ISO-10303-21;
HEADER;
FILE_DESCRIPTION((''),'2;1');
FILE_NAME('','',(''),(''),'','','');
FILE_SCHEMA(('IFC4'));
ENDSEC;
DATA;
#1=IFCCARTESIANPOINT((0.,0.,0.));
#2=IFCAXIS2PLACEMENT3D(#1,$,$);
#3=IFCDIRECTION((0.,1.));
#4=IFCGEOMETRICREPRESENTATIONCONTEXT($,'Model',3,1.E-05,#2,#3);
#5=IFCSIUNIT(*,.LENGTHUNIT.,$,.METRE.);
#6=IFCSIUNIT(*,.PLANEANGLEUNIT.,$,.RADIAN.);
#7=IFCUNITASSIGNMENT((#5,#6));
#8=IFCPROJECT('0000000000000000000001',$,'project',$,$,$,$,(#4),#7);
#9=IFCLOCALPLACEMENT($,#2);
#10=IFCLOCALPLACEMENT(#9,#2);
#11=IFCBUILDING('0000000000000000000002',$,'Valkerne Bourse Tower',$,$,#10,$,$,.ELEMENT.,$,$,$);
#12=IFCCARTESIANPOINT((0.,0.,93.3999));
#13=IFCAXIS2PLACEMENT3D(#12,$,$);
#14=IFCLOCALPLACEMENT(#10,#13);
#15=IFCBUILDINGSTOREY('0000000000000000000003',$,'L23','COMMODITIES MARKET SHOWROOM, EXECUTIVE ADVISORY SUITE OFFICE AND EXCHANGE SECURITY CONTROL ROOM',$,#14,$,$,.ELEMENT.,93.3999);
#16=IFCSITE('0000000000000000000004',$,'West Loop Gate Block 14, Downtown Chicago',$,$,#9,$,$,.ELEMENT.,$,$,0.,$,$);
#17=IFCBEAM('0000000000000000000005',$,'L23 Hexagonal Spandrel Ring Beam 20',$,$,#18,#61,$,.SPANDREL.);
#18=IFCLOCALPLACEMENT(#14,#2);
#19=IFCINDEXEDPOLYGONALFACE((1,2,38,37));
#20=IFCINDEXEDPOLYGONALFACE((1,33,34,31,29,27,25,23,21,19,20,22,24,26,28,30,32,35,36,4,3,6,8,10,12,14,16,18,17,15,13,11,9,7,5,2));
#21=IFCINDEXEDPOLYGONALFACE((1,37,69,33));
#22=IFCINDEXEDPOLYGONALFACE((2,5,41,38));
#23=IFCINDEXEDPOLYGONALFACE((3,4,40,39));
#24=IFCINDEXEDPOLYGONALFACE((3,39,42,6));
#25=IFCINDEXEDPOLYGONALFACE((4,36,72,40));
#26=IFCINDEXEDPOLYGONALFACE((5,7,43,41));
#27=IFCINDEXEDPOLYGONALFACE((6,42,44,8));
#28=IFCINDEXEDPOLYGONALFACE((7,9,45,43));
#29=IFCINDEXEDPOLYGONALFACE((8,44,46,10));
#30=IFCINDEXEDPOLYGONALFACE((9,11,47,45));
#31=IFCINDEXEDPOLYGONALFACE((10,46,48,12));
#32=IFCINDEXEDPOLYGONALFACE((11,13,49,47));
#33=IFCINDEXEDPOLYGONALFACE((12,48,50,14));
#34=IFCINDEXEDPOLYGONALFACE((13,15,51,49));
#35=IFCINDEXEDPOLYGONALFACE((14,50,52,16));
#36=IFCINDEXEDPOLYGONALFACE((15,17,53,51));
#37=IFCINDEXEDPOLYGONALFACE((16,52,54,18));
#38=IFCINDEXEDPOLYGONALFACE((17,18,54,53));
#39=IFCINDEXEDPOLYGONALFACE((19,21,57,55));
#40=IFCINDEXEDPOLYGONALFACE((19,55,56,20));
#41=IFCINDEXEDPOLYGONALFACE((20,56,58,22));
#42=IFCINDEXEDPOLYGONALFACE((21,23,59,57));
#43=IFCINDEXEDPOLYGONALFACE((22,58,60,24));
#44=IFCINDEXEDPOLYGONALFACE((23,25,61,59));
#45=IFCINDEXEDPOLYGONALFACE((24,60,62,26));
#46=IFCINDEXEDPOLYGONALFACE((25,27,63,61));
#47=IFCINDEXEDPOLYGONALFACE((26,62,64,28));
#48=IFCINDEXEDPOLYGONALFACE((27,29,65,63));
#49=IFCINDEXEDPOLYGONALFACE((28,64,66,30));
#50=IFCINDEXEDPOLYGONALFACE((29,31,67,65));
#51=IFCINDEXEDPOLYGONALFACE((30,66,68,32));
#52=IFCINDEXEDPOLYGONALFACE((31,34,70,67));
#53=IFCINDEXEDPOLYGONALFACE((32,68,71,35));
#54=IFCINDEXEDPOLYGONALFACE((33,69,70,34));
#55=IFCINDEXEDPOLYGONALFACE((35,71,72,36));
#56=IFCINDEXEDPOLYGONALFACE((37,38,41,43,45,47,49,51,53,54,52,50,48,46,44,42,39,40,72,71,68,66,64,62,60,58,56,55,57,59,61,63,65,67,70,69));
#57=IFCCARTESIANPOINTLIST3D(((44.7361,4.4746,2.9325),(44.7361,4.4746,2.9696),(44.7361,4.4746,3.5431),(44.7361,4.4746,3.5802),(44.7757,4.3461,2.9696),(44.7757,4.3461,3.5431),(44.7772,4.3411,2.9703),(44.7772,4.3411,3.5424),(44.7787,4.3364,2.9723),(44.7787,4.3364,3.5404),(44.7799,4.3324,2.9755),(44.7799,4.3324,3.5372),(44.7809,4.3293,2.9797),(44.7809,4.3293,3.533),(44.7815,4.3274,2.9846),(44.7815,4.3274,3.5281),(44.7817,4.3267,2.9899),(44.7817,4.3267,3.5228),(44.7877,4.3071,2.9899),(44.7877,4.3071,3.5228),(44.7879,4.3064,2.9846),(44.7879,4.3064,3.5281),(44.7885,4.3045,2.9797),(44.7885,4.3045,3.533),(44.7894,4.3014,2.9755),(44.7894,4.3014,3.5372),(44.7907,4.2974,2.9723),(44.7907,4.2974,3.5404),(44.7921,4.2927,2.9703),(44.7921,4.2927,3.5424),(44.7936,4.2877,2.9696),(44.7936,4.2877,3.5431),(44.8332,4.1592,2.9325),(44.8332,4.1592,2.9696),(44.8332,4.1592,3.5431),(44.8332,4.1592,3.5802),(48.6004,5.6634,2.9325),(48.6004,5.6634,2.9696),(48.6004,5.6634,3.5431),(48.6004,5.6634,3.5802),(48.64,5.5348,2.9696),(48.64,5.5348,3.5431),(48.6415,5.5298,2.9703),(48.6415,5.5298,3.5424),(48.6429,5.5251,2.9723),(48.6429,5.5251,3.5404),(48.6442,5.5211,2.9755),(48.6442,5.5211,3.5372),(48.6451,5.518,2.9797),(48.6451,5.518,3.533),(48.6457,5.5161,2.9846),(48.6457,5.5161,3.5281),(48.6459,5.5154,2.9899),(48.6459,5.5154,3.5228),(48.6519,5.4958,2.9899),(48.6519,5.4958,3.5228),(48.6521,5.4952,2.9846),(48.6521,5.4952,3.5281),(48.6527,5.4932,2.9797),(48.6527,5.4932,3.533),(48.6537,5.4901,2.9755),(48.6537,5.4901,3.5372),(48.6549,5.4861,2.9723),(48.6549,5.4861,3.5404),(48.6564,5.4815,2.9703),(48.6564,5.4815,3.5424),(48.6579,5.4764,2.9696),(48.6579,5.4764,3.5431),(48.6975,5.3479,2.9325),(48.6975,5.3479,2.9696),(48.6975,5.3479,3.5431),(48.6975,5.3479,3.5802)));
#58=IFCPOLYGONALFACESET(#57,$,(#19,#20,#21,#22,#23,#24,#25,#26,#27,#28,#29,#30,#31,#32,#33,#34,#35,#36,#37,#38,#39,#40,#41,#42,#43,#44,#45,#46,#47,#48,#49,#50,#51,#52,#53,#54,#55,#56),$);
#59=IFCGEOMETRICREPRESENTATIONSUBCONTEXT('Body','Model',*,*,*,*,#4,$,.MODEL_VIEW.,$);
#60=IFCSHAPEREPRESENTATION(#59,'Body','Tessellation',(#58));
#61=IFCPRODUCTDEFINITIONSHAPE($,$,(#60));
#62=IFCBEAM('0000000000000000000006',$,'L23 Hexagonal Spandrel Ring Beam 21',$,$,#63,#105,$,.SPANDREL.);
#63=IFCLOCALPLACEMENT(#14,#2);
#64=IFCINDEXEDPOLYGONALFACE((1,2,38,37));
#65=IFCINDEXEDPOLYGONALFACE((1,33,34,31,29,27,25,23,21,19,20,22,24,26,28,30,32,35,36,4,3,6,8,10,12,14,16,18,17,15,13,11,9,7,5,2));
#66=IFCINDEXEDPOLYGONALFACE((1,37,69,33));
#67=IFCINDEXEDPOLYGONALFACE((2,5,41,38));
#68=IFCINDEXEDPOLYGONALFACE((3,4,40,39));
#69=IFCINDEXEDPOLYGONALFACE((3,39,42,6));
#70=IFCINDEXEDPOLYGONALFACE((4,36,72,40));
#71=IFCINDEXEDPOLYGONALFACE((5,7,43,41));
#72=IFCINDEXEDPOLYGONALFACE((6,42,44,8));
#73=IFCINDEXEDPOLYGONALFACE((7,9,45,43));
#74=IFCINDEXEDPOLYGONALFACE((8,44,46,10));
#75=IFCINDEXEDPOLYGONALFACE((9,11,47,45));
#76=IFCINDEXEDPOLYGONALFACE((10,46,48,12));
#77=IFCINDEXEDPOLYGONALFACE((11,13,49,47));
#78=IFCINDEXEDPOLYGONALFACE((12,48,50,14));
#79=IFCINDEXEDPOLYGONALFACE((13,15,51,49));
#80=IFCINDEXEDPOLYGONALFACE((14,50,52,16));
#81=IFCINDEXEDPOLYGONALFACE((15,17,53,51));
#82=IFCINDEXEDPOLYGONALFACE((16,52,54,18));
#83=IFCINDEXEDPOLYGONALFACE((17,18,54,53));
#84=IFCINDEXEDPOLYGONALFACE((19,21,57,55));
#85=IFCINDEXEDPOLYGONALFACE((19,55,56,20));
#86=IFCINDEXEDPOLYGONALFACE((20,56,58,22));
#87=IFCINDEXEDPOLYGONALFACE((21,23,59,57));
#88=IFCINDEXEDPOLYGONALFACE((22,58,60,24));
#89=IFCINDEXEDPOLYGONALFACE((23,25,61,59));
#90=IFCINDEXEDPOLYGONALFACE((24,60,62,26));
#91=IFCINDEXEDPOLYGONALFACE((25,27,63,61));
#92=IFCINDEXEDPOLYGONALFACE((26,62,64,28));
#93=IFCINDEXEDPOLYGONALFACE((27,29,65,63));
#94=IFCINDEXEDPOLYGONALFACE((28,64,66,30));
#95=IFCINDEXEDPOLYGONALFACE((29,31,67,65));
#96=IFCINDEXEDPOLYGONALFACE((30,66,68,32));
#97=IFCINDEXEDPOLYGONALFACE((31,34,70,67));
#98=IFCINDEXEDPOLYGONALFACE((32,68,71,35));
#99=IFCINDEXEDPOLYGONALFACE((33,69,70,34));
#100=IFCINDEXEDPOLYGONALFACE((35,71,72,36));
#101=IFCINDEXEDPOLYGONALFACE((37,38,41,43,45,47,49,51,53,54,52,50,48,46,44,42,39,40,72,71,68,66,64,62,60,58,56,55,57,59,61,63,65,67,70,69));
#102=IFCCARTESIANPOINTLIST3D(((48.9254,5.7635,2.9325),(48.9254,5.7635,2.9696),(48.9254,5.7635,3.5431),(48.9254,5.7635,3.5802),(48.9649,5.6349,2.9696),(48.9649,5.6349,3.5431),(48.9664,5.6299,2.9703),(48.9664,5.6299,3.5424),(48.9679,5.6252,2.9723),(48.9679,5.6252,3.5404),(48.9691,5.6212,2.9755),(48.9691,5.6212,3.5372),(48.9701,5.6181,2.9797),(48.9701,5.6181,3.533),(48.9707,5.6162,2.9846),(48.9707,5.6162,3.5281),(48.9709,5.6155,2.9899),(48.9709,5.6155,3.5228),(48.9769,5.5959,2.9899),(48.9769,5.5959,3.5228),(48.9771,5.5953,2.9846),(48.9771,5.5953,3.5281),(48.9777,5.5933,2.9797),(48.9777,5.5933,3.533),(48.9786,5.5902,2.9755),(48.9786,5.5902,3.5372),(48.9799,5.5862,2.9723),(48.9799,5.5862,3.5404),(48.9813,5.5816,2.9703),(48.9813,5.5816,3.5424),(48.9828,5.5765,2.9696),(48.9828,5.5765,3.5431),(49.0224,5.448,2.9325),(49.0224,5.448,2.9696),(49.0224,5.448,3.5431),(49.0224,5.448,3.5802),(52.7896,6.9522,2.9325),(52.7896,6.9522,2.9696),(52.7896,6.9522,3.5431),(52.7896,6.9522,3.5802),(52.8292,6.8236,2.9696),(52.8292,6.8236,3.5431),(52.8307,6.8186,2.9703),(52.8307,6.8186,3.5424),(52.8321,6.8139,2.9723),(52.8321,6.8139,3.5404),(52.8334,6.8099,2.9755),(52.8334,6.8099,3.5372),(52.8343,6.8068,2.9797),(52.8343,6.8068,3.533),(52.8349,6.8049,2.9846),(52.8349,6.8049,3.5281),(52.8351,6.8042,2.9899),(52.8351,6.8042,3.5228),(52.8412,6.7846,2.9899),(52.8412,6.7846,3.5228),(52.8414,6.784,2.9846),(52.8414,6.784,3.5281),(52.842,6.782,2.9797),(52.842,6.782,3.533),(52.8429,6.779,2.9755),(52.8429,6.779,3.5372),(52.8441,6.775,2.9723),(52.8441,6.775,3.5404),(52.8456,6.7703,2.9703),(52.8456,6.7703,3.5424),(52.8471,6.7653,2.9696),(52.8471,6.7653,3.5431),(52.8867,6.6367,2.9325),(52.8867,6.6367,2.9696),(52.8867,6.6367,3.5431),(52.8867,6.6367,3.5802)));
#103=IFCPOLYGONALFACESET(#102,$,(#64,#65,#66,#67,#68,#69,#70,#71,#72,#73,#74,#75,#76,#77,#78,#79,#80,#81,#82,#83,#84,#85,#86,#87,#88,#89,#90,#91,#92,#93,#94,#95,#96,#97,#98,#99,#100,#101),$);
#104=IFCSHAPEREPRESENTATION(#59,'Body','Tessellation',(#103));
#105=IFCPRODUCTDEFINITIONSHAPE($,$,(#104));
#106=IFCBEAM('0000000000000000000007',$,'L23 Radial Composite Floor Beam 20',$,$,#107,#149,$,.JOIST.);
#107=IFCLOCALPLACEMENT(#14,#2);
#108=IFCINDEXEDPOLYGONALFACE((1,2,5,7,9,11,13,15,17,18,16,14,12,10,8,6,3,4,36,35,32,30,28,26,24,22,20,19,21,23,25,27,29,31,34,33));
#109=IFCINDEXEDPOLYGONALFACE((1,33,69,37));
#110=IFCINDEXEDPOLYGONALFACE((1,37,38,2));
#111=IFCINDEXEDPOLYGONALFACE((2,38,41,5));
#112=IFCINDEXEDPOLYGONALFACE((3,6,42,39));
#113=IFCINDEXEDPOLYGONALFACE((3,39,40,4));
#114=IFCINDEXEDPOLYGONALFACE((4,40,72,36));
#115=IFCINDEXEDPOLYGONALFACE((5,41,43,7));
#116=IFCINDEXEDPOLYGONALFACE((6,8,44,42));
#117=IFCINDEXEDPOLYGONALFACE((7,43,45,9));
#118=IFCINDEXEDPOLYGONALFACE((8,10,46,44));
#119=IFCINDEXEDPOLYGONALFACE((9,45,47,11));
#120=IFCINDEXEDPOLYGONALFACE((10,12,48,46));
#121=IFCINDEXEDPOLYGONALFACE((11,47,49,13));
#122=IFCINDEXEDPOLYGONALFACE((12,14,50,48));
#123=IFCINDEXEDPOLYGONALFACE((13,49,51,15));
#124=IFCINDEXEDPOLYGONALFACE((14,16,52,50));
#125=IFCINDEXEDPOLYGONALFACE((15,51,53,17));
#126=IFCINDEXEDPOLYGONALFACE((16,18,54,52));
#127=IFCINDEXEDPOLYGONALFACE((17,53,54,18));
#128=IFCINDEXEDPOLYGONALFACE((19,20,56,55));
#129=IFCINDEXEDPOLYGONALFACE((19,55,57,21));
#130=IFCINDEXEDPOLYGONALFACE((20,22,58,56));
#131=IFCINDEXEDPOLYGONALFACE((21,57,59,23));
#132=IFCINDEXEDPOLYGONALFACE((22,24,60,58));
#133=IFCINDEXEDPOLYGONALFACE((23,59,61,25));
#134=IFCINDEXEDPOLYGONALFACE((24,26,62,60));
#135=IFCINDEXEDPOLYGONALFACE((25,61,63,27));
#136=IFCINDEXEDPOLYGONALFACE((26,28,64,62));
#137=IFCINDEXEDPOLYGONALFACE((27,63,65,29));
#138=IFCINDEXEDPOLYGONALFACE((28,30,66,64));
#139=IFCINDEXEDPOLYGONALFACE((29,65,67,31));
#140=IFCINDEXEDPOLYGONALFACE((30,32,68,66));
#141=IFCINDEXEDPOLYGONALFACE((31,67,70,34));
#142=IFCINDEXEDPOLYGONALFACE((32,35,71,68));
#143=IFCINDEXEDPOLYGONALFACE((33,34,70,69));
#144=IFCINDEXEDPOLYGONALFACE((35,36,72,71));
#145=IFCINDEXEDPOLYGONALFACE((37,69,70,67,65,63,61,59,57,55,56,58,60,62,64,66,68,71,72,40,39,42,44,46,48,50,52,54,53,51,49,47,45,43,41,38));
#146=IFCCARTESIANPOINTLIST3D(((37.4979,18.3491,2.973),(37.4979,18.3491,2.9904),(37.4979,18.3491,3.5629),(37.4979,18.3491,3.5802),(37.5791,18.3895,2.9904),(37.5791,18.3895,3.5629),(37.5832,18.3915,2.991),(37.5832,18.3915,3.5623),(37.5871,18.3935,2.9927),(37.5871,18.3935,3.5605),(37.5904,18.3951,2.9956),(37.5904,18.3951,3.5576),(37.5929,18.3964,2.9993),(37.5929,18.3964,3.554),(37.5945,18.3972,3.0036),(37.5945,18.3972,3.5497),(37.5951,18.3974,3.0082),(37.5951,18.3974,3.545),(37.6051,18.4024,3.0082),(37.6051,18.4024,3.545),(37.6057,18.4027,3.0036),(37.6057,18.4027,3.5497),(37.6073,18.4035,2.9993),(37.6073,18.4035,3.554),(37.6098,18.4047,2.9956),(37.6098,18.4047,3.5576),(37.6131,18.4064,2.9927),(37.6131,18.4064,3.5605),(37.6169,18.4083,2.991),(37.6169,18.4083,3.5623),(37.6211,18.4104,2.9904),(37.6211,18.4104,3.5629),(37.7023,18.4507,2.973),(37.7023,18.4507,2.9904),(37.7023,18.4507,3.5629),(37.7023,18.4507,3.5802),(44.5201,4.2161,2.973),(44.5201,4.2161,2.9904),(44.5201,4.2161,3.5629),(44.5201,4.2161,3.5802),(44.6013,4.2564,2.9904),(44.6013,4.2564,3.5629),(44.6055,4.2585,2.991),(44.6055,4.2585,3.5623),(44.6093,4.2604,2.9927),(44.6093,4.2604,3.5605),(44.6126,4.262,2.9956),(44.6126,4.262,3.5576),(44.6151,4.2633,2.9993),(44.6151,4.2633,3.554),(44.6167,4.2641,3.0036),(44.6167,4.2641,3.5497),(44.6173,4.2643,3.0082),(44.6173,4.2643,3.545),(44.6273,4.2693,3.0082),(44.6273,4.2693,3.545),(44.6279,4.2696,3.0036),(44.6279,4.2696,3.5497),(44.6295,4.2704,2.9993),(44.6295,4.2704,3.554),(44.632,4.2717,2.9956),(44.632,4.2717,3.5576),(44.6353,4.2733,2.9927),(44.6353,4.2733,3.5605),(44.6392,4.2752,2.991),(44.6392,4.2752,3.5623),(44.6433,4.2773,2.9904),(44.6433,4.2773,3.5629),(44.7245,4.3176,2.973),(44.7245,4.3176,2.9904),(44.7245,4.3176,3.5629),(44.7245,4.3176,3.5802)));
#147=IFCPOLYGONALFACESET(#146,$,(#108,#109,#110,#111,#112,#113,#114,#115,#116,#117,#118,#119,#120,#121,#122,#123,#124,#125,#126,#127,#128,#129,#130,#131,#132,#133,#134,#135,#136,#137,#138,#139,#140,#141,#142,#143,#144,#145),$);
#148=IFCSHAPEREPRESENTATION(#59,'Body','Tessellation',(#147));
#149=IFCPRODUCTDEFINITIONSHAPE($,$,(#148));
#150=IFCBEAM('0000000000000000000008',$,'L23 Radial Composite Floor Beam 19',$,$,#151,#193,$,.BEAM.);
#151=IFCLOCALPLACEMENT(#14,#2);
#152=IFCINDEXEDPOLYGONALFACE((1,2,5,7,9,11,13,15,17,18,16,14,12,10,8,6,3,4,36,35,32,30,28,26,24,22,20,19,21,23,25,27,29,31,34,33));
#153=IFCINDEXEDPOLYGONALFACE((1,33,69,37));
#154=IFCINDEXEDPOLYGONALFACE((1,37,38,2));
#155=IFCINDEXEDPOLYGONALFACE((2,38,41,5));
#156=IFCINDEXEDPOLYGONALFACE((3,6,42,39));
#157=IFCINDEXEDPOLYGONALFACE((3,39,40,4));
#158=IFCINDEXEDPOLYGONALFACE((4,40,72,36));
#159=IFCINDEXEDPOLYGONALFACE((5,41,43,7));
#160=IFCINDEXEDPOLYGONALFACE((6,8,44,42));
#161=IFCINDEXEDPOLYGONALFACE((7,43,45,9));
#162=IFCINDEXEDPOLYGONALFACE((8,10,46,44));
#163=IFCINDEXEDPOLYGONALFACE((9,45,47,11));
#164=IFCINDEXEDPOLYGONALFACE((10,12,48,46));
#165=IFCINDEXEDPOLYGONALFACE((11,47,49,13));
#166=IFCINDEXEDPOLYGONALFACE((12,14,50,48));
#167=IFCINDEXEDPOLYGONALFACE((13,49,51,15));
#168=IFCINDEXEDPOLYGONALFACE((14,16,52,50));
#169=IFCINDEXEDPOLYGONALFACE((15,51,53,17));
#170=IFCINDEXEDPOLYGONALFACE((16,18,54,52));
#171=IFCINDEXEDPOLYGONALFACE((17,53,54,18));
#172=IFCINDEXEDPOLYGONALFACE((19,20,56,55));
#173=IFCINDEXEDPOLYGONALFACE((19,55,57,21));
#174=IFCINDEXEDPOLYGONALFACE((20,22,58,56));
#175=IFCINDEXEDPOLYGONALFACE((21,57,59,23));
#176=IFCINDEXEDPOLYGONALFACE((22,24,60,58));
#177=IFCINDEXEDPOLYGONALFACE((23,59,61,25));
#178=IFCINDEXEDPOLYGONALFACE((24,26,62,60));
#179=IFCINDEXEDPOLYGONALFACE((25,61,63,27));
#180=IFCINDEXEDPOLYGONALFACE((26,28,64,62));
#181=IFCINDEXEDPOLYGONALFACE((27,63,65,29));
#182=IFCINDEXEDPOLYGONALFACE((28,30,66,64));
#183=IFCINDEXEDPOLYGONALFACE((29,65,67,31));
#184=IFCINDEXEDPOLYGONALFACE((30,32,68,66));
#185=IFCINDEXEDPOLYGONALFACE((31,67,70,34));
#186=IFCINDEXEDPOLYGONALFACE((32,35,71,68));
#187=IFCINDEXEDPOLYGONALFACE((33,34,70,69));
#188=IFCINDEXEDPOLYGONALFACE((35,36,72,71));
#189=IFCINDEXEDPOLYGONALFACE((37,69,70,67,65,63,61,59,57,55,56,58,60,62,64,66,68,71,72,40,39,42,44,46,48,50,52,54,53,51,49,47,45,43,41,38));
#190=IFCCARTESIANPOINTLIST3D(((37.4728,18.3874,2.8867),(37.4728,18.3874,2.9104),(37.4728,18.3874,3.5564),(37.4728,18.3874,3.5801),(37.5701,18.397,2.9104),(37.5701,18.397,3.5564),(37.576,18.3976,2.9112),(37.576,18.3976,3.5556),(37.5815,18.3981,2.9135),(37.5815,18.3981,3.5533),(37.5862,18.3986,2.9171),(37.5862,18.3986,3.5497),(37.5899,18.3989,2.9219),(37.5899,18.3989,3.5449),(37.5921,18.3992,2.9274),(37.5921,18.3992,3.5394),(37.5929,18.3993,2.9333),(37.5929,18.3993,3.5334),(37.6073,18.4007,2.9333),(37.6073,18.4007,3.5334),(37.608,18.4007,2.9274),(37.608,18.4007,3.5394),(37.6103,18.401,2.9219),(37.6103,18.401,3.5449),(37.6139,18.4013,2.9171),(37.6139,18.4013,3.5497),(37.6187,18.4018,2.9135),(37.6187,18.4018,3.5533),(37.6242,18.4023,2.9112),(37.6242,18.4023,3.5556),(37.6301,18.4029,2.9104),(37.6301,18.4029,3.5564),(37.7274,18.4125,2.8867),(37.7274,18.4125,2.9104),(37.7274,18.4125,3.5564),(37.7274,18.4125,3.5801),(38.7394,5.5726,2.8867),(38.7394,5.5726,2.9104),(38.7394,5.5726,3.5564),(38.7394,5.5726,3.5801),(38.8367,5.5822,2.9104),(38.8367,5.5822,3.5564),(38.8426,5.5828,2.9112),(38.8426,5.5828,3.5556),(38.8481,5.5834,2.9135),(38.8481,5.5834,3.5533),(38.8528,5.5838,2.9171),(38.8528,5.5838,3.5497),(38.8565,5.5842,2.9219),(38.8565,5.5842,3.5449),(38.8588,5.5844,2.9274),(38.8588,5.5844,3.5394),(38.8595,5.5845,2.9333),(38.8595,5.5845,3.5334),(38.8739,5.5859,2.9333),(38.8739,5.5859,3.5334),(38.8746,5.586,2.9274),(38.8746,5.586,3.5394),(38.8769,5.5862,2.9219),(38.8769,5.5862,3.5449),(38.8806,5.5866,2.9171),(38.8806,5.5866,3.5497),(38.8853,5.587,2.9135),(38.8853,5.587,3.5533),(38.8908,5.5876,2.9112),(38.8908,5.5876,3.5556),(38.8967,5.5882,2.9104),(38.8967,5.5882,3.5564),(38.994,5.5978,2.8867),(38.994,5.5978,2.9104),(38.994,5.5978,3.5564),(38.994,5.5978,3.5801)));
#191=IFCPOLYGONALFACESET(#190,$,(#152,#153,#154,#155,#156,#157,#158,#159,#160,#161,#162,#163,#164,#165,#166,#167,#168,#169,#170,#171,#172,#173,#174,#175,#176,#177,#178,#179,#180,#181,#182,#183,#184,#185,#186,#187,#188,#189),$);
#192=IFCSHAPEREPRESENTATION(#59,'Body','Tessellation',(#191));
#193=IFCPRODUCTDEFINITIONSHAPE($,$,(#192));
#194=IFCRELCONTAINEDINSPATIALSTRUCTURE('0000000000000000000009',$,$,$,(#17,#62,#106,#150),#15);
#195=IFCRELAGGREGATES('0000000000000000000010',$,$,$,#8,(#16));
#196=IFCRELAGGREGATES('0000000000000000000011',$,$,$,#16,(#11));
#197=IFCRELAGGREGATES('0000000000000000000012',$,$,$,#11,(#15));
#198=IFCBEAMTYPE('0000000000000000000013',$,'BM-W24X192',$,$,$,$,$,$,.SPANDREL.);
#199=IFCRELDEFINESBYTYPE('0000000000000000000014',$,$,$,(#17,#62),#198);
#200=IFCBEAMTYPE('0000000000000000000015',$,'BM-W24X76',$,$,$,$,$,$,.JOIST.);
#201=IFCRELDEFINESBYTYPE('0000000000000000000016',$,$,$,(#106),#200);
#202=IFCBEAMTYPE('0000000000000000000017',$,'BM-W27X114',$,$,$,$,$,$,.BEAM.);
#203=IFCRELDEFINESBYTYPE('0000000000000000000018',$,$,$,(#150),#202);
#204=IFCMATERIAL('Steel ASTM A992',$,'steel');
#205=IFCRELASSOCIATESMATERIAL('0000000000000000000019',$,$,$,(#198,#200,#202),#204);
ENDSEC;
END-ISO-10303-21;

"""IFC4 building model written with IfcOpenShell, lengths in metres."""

from ifc_helpers import new_model, si_unit, direction, frame, origin, origin_2d, place, context, subcontext, project, spatial, i_section, extrude, material, material_profile, profile_set, type_object, element, save


model = new_model("IFC4")

# Units and contexts
model_context = context("Model", 3, precision=1e-05, world=origin(), true_north=direction((0.0, 1.0)))
body_context = subcontext(model_context, "Body", "Model", "MODEL_VIEW")
ifc_project = project(units=[si_unit("LENGTHUNIT", "METRE"), si_unit("PLANEANGLEUNIT", "RADIAN")], contexts=[model_context])

# Site, building, storey
site_placement = place(None, origin())
site = spatial("IfcSite", under=ifc_project, at=site_placement, Name="West Loop Gate Block 14, Downtown Chicago", CompositionType="ELEMENT", RefElevation=0.0)
building_placement = place(site_placement, origin())
building = spatial("IfcBuilding", under=site, at=building_placement, Name="Valkerne Bourse Tower", CompositionType="ELEMENT")
storey_placement = place(building_placement, frame((0.0, 0.0, 93.3999)))
storey = spatial("IfcBuildingStorey", under=building, at=storey_placement, Name="L23", Description="COMMODITIES MARKET SHOWROOM, EXECUTIVE ADVISORY SUITE OFFICE AND EXCHANGE SECURITY CONTROL ROOM", CompositionType="ELEMENT", Elevation=93.3999)

# Beams
ifc_material_1 = material(Name="Steel ASTM A992", Category="steel")
ifc_material_profile_1 = material_profile(ifc_material_1, i_section(OverallWidth=0.3301, OverallDepth=0.6477, WebThickness=0.0205, FlangeThickness=0.0371, FilletRadius=0.0203, at=origin_2d()), Name="W24X192")
ifc_profile_set_1 = profile_set([ifc_material_profile_1], Name="Steel ASTM A992")
beam_type_1 = type_object("IfcBeamType", Name="BM-W24X192", PredefinedType="SPANDREL", material=ifc_profile_set_1)
for number, where, z_axis, x_axis, name in (
    (1, (44.7847, 4.3169, 3.2563), (0.955799, 0.294022, 0.0), (-0.294022, 0.955799, 0.0), "L23 Hexagonal Spandrel Ring Beam 20"),
    (2, (48.9739, 5.6057, 3.2563), (0.955799, 0.294022, 0.0), (-0.294022, 0.955799, 0.0), "L23 Hexagonal Spandrel Ring Beam 21"),
):
    element("IfcBeam", number, at=place(storey_placement, frame(where, z_axis=z_axis, x_axis=x_axis)), inside=storey, type_object=beam_type_1, Name=name, PredefinedType="SPANDREL", context=body_context, shape_type="SweptSolid", body=[
        extrude(i_section(OverallWidth=0.3301, OverallDepth=0.6477, WebThickness=0.0205, FlangeThickness=0.0371, FilletRadius=0.0203, at=origin_2d()), origin(), (0.0, 0.0, 1.0), 4.043),
    ])
ifc_material_profile_2 = material_profile(ifc_material_1, i_section(OverallWidth=0.2283, OverallDepth=0.6072, WebThickness=0.0112, FlangeThickness=0.0173, FilletRadius=0.0178, at=origin_2d()), Name="W24X76")
ifc_profile_set_2 = profile_set([ifc_material_profile_2], Name="Steel ASTM A992")
beam_type_2 = type_object("IfcBeamType", Name="BM-W24X76", PredefinedType="JOIST", material=ifc_profile_set_2)
beam_1_placement = place(storey_placement, frame((44.6223, 4.2668, 3.2766), z_axis=(-0.444966, 0.895547, 0.0), x_axis=(-0.895547, -0.444966, 0.0)))
element("IfcBeam", 3, at=beam_1_placement, inside=storey, type_object=beam_type_2, Name="L23 Radial Composite Floor Beam 20", PredefinedType="JOIST", context=body_context, shape_type="SweptSolid", body=[
    extrude(i_section(OverallWidth=0.2283, OverallDepth=0.6072, WebThickness=0.0112, FlangeThickness=0.0173, FilletRadius=0.0178, at=origin_2d()), origin(), (0.0, 0.0, 1.0), 15.7815),
])
ifc_material_profile_3 = material_profile(ifc_material_1, i_section(OverallWidth=0.2559, OverallDepth=0.6934, WebThickness=0.0144, FlangeThickness=0.0237, FilletRadius=0.0229, at=origin_2d()), Name="W27X114")
ifc_profile_set_3 = profile_set([ifc_material_profile_3], Name="Steel ASTM A992")
beam_type_3 = type_object("IfcBeamType", Name="BM-W27X114", PredefinedType="BEAM", material=ifc_profile_set_3)
beam_2_placement = place(storey_placement, frame((38.8667, 5.5852, 3.2334), z_axis=(-0.09836, 0.995151, 0.0), x_axis=(-0.995151, -0.09836, 0.0)))
element("IfcBeam", 4, at=beam_2_placement, inside=storey, type_object=beam_type_3, Name="L23 Radial Composite Floor Beam 19", PredefinedType="BEAM", context=body_context, shape_type="SweptSolid", body=[
    extrude(i_section(OverallWidth=0.2559, OverallDepth=0.6934, WebThickness=0.0144, FlangeThickness=0.0237, FilletRadius=0.0229, at=origin_2d()), origin(), (0.0, 0.0, 1.0), 12.8772),
])

save(model, "model.ifc")
